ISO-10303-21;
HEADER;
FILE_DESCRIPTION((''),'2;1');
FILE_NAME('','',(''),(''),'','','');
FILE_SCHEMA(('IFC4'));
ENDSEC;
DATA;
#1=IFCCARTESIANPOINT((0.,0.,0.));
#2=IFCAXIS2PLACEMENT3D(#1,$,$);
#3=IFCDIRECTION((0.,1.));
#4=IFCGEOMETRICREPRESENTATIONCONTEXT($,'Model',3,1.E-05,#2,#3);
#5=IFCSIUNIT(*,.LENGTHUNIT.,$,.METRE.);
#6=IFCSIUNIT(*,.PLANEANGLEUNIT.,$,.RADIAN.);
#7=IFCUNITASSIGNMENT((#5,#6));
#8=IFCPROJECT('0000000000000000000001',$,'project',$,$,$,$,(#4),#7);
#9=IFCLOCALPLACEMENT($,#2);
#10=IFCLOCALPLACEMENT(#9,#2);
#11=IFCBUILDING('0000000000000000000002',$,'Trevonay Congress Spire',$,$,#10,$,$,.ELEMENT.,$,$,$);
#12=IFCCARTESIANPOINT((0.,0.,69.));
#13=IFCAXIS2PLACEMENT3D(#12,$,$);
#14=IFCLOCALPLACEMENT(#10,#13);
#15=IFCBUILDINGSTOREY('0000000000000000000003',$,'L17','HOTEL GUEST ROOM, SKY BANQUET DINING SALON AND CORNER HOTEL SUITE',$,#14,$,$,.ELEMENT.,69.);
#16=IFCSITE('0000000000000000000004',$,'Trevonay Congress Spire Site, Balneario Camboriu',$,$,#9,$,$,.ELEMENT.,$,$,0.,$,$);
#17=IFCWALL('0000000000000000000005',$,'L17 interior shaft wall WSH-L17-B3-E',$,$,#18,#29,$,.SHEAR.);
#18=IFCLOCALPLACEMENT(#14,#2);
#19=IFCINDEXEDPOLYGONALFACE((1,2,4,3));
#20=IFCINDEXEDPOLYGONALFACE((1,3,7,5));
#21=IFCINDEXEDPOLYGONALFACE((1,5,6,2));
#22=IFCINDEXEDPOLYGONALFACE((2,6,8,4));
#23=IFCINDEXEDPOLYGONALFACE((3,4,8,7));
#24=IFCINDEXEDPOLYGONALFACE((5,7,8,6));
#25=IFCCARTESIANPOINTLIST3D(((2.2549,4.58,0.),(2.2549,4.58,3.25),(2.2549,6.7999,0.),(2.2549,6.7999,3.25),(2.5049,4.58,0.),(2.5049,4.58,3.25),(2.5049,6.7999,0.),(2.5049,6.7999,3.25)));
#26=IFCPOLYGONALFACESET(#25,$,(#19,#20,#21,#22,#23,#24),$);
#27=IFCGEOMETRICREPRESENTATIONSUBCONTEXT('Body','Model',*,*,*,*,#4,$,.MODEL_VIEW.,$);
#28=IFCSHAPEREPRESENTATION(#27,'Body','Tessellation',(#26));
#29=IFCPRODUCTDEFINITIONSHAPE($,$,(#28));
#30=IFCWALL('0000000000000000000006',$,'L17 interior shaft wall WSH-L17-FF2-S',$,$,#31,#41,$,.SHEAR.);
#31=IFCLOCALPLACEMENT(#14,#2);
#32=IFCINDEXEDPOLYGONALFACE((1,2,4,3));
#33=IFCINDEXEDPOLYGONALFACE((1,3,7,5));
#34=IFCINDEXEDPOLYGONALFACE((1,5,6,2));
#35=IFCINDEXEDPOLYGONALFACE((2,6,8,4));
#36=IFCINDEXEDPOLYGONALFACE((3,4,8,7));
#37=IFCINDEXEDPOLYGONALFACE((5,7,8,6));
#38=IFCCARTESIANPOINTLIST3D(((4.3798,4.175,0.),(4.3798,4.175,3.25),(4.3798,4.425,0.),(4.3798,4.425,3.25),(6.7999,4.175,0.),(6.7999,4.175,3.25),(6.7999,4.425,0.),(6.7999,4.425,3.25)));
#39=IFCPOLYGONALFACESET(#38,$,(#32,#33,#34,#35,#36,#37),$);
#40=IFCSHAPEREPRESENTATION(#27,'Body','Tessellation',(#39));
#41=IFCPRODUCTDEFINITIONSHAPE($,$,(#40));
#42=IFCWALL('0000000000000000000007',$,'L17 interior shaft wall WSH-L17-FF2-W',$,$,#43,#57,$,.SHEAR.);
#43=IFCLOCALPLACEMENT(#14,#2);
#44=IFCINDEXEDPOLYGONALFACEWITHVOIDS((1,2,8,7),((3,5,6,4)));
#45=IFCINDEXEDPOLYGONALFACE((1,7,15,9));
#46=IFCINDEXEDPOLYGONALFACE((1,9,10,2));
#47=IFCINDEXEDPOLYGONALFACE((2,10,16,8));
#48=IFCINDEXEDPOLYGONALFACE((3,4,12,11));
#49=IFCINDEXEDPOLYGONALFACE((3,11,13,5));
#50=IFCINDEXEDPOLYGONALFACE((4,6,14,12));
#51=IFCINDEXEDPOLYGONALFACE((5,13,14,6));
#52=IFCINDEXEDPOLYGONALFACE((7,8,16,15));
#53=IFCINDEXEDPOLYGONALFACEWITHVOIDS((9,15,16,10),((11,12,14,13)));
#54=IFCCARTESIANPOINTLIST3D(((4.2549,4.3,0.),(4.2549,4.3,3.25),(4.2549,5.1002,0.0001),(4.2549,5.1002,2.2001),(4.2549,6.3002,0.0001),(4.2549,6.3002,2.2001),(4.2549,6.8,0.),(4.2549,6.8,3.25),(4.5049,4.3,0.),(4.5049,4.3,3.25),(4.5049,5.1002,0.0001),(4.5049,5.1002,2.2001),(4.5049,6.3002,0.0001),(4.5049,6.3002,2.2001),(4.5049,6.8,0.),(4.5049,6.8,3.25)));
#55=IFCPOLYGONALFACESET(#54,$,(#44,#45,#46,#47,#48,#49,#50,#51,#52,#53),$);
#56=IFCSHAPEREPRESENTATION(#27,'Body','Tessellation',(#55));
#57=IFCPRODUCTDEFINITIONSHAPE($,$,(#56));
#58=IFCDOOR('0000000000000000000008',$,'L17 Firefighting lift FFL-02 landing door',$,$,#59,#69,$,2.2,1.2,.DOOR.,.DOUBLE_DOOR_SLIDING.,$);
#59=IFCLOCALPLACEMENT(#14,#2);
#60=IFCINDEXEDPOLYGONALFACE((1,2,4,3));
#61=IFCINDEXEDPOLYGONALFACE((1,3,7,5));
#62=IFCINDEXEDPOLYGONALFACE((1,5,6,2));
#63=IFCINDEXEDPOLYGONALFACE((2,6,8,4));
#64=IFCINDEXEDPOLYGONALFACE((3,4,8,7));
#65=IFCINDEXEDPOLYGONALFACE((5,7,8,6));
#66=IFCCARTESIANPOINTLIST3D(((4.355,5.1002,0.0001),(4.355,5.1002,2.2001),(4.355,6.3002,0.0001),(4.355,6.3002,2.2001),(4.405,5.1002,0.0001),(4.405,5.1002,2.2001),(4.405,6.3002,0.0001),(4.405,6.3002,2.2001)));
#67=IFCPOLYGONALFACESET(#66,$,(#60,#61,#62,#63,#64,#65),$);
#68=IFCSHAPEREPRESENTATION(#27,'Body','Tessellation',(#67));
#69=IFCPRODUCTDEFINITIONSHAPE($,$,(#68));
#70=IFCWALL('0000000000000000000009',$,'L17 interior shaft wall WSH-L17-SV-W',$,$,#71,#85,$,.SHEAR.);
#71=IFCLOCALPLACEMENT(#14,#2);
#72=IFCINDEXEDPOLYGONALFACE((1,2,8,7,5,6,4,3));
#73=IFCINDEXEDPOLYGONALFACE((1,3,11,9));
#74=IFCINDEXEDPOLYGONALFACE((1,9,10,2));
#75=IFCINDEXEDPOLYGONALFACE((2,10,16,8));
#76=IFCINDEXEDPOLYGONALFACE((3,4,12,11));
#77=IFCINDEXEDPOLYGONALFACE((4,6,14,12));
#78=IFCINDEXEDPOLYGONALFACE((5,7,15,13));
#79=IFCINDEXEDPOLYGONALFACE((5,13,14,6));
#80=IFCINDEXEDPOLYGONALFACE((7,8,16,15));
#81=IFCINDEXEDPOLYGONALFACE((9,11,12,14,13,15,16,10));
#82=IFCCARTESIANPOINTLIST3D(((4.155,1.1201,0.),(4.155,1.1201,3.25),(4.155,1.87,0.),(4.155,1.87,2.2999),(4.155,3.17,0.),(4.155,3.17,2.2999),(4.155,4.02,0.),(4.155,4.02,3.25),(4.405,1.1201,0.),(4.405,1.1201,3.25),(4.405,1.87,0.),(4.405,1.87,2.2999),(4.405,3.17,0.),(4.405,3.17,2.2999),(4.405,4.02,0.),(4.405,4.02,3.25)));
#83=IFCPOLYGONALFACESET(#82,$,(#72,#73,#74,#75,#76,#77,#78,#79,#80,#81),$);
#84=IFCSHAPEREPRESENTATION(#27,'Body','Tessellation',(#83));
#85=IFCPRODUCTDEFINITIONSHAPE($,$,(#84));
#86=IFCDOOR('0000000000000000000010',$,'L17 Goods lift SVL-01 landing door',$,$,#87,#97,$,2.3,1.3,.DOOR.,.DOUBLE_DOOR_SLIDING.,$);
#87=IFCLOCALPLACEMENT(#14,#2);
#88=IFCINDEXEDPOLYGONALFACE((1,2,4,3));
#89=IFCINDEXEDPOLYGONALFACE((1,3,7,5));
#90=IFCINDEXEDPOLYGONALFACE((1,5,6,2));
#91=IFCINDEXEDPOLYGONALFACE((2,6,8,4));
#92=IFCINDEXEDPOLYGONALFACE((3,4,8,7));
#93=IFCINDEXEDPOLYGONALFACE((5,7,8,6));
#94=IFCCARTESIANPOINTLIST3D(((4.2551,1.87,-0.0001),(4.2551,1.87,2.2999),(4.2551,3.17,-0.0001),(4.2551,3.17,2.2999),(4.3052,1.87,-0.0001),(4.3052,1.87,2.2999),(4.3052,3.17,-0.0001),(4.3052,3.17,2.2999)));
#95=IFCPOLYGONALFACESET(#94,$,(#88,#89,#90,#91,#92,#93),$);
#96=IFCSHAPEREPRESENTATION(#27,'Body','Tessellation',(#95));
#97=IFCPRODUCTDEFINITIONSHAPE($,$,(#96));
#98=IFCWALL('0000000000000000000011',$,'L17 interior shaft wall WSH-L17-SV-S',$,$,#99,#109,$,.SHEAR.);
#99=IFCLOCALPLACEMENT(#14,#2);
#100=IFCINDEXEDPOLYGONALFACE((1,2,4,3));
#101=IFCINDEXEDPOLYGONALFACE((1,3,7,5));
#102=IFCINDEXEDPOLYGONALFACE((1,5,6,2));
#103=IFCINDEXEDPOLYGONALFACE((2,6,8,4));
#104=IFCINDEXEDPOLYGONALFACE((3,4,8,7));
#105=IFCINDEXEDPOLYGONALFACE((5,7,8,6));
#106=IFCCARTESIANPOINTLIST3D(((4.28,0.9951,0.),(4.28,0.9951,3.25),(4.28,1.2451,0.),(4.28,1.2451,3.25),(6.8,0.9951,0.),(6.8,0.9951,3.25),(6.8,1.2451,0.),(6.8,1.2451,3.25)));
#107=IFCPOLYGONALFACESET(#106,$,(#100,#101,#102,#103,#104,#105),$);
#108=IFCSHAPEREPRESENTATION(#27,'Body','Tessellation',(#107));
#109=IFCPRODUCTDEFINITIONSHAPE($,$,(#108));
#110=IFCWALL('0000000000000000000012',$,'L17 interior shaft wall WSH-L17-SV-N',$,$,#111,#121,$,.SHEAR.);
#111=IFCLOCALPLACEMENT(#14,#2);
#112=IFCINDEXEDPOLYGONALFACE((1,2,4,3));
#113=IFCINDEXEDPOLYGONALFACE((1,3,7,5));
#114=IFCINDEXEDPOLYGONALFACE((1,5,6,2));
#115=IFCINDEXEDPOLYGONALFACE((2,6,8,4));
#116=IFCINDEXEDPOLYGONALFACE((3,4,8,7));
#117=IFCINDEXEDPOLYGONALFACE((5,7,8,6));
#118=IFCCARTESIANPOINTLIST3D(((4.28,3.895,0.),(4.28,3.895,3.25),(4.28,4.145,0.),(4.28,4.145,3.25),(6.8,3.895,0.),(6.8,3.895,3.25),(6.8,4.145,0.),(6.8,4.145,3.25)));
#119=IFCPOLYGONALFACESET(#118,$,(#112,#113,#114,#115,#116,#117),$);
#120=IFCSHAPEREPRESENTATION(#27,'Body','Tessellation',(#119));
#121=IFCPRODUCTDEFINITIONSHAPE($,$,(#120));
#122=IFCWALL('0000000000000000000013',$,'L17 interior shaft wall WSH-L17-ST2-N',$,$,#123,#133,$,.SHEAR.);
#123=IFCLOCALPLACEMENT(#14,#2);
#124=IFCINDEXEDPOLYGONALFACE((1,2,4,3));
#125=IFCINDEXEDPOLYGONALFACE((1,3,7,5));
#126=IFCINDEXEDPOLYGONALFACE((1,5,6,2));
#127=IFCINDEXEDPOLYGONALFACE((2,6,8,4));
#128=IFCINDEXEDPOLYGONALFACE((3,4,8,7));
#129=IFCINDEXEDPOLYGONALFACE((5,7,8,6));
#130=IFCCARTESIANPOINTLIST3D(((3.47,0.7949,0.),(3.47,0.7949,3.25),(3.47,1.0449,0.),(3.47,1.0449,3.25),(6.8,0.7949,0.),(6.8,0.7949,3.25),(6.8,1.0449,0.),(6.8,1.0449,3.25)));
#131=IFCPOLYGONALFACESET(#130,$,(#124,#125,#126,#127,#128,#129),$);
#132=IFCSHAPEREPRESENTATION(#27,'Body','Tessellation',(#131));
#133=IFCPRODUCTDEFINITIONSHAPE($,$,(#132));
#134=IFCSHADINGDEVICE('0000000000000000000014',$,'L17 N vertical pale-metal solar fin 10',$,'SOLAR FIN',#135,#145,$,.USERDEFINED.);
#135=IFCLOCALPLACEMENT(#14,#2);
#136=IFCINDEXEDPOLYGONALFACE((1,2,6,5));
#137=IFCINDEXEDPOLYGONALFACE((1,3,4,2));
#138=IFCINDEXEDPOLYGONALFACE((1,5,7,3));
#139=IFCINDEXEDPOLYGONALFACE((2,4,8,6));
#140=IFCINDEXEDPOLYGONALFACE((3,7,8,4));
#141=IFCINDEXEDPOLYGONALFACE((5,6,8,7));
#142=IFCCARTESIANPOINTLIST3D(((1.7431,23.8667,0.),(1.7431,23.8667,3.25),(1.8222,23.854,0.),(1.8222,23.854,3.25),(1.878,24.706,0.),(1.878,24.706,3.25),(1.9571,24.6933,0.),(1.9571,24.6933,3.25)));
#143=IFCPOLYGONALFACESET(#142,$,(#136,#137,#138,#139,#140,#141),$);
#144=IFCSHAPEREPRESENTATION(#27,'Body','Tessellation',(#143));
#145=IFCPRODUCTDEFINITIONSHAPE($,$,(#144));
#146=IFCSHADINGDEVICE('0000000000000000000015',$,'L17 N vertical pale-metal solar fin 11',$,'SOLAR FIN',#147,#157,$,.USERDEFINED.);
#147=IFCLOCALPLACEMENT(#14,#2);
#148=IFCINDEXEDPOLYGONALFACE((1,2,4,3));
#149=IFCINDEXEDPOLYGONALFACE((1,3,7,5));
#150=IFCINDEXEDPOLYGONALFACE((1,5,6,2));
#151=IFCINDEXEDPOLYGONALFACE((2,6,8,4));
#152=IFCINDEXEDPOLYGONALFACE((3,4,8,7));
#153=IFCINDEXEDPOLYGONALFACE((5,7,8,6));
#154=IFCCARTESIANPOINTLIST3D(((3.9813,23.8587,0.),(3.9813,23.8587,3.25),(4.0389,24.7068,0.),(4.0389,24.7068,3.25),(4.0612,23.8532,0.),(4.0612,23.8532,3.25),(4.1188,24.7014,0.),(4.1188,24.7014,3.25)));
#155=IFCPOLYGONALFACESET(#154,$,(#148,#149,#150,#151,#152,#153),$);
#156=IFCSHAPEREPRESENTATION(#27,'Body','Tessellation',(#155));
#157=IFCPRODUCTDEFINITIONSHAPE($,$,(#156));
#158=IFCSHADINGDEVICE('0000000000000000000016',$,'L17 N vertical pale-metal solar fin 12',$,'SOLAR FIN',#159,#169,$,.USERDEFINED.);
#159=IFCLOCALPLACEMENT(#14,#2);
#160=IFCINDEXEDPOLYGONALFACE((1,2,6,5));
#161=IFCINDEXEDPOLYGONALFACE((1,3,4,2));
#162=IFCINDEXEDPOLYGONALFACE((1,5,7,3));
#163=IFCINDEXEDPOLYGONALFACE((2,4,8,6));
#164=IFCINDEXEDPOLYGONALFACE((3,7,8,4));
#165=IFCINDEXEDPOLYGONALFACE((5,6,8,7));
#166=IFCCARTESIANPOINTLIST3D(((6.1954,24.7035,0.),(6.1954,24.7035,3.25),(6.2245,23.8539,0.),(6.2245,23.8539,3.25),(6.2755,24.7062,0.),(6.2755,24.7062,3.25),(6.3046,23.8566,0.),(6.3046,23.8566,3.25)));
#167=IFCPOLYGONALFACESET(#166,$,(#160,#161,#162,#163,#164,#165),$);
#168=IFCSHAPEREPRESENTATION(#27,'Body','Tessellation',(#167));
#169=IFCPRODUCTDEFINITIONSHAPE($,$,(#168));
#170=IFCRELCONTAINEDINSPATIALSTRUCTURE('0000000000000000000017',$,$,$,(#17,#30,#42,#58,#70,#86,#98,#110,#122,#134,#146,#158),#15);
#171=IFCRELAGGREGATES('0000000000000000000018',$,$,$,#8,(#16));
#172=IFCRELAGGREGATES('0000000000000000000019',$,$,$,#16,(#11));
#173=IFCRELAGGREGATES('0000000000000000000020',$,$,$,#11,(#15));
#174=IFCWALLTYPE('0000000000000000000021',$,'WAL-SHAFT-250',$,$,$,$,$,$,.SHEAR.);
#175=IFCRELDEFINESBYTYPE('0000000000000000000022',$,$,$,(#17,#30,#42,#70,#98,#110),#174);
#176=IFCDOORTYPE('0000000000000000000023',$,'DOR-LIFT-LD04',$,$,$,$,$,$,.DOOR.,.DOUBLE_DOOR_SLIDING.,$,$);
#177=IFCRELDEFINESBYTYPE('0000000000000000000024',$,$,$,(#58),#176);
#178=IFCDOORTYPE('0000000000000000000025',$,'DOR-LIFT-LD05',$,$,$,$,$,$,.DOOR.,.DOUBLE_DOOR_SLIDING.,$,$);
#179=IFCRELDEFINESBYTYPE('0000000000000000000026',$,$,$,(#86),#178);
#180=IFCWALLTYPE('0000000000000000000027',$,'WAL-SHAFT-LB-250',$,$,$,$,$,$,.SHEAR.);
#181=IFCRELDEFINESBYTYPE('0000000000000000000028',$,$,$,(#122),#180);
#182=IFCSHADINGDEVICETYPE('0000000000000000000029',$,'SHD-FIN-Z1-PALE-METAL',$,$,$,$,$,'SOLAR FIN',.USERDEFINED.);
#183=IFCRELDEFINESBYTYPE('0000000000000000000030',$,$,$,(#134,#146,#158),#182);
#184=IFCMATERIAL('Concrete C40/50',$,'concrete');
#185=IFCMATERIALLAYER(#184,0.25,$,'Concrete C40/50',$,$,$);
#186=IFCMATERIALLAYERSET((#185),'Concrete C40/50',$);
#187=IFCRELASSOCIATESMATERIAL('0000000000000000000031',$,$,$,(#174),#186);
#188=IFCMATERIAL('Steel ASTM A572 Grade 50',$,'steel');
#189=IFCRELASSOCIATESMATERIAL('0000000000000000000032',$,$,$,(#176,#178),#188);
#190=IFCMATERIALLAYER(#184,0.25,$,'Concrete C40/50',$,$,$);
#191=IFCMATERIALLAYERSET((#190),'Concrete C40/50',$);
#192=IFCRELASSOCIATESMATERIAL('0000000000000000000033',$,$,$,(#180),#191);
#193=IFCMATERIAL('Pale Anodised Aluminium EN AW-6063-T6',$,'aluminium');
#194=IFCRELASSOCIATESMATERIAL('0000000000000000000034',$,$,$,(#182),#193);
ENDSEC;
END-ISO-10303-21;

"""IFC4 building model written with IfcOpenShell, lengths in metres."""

from ifc_helpers import new_model, si_unit, direction, frame, frame_2d, origin, origin_2d, place, context, subcontext, project, spatial, rectangle, extrude, material, layer, layer_set, type_object, element, fill, save


model = new_model("IFC4")

# Units and contexts
model_context = context("Model", 3, precision=1e-05, world=origin(), true_north=direction((0.0, 1.0)))
body_context = subcontext(model_context, "Body", "Model", "MODEL_VIEW")
ifc_project = project(units=[si_unit("LENGTHUNIT", "METRE"), si_unit("PLANEANGLEUNIT", "RADIAN")], contexts=[model_context])

# Site, building, storey
site_placement = place(None, origin())
site = spatial("IfcSite", under=ifc_project, at=site_placement, Name="Trevonay Congress Spire Site, Balneario Camboriu", CompositionType="ELEMENT", RefElevation=0.0)
building_placement = place(site_placement, origin())
building = spatial("IfcBuilding", under=site, at=building_placement, Name="Trevonay Congress Spire", CompositionType="ELEMENT")
storey_placement = place(building_placement, frame((0.0, 0.0, 69.0)))
storey = spatial("IfcBuildingStorey", under=building, at=storey_placement, Name="L17", Description="HOTEL GUEST ROOM, SKY BANQUET DINING SALON AND CORNER HOTEL SUITE", CompositionType="ELEMENT", Elevation=69.0)

# Shared definitions
ifc_material_1 = material(Name="Steel ASTM A572 Grade 50", Category="steel")

# Shared definitions
ifc_material_2 = material(Name="Pale Anodised Aluminium EN AW-6063-T6", Category="aluminium")

# Shared definitions
ifc_material_3 = material(Name="Concrete C40/50", Category="concrete")

# Walls
ifc_layer_1 = layer(ifc_material_3, 0.25, Name="Concrete C40/50")
ifc_layer_set_1 = layer_set([ifc_layer_1], Name="Concrete C40/50")
wall_type_1 = type_object("IfcWallType", Name="WAL-SHAFT-250", PredefinedType="SHEAR", material=ifc_layer_set_1)
wall_1_placement = place(storey_placement, frame((2.3799, 4.5801, 0.0), z_axis=(0.0, 0.0, 1.0), x_axis=(0.0, 1.0, 0.0)))
element("IfcWall", 1, at=wall_1_placement, inside=storey, type_object=wall_type_1, Name="L17 interior shaft wall WSH-L17-B3-E", PredefinedType="SHEAR", context=body_context, shape_type="SweptSolid", body=[
    extrude(rectangle(XDim=2.22, YDim=0.25, at=frame_2d((1.1099, 0.0))), origin(), (0.0, 0.0, 1.0), 3.25),
])
wall_2_placement = place(storey_placement, frame((4.3799, 4.3, 0.0), z_axis=(0.0, 0.0, 1.0), x_axis=(1.0, 0.0, 0.0)))
element("IfcWall", 2, at=wall_2_placement, inside=storey, type_object=wall_type_1, Name="L17 interior shaft wall WSH-L17-FF2-S", PredefinedType="SHEAR", context=body_context, shape_type="SweptSolid", body=[
    extrude(rectangle(XDim=2.4202, YDim=0.25, at=frame_2d((1.21, 0.0))), origin(), (0.0, 0.0, 1.0), 3.25),
])

# Walls, openings, doors
wall_3_placement = place(storey_placement, frame((4.3799, 4.3, 0.0), z_axis=(0.0, 0.0, 1.0), x_axis=(0.0, 1.0, 0.0)))
wall_3 = element("IfcWall", 3, at=wall_3_placement, inside=storey, type_object=wall_type_1, Name="L17 interior shaft wall WSH-L17-FF2-W", PredefinedType="SHEAR", context=body_context, shape_type="SweptSolid", body=[
    extrude(rectangle(XDim=2.5, YDim=0.25, at=frame_2d((1.25, 0.0))), origin(), (0.0, 0.0, 1.0), 3.25),
])
opening_1_placement = place(wall_3_placement, frame((0.8, 0.0, 0.0)))
opening_1 = element("IfcOpeningElement", 4, at=opening_1_placement, cuts=wall_3, PredefinedType="OPENING", context=body_context, shape_type="SweptSolid", body=[
    extrude(rectangle(XDim=1.2, YDim=2.2, at=frame_2d((0.6001, 1.1001))), frame((0.0, 0.135, 0.0), z_axis=(0.0, -1.0, 0.0), x_axis=(1.0, 0.0, 0.0)), (0.0, 0.0, 1.0), 0.27),
])
door_type_1 = type_object("IfcDoorType", Name="DOR-LIFT-LD04", OperationType="DOUBLE_DOOR_SLIDING", PredefinedType="DOOR", material=ifc_material_1)
door_1_placement = place(opening_1_placement, origin())
door_1 = element("IfcDoor", 5, at=door_1_placement, inside=storey, type_object=door_type_1, Name="L17 Firefighting lift FFL-02 landing door", OperationType="DOUBLE_DOOR_SLIDING", OverallHeight=2.2, OverallWidth=1.2, PredefinedType="DOOR", context=body_context, shape_type="SweptSolid", body=[
    extrude(rectangle(XDim=1.2, YDim=2.2, at=frame_2d((0.6001, 1.1001))), frame((0.0, 0.0249, 0.0), z_axis=(0.0, -1.0, 0.0), x_axis=(1.0, 0.0, 0.0)), (0.0, 0.0, 1.0), 0.05),
])
fill(opening_1, door_1)
wall_4_placement = place(storey_placement, frame((4.28, 1.1201, 0.0), z_axis=(0.0, 0.0, 1.0), x_axis=(0.0, 1.0, 0.0)))
wall_4 = element("IfcWall", 6, at=wall_4_placement, inside=storey, type_object=wall_type_1, Name="L17 interior shaft wall WSH-L17-SV-W", PredefinedType="SHEAR", context=body_context, shape_type="SweptSolid", body=[
    extrude(rectangle(XDim=2.8999, YDim=0.25, at=frame_2d((1.45, 0.0))), origin(), (0.0, 0.0, 1.0), 3.25),
])
opening_2_placement = place(wall_4_placement, frame((0.75, 0.0, 0.0)))
opening_2 = element("IfcOpeningElement", 7, at=opening_2_placement, cuts=wall_4, PredefinedType="OPENING", context=body_context, shape_type="SweptSolid", body=[
    extrude(rectangle(XDim=1.3, YDim=2.3, at=frame_2d((0.6499, 1.1499))), frame((0.0, 0.135, 0.0), z_axis=(0.0, -1.0, 0.0), x_axis=(1.0, 0.0, 0.0)), (0.0, 0.0, 1.0), 0.27),
])
door_type_2 = type_object("IfcDoorType", Name="DOR-LIFT-LD05", OperationType="DOUBLE_DOOR_SLIDING", PredefinedType="DOOR", material=ifc_material_1)
door_2_placement = place(opening_2_placement, origin())
door_2 = element("IfcDoor", 8, at=door_2_placement, inside=storey, type_object=door_type_2, Name="L17 Goods lift SVL-01 landing door", OperationType="DOUBLE_DOOR_SLIDING", OverallHeight=2.3, OverallWidth=1.3, PredefinedType="DOOR", context=body_context, shape_type="SweptSolid", body=[
    extrude(rectangle(XDim=1.3, YDim=2.3, at=frame_2d((0.6499, 1.1499))), frame((0.0, 0.0249, 0.0), z_axis=(0.0, -1.0, 0.0), x_axis=(1.0, 0.0, 0.0)), (0.0, 0.0, 1.0), 0.05),
])
fill(opening_2, door_2)

# Walls
for number, where, z_axis, x_axis, name in (
    (9, (4.28, 1.1201, 0.0), (0.0, 0.0, 1.0), (1.0, 0.0, 0.0), "L17 interior shaft wall WSH-L17-SV-S"),
    (10, (4.28, 4.02, 0.0), (0.0, 0.0, 1.0), (1.0, 0.0, 0.0), "L17 interior shaft wall WSH-L17-SV-N"),
):
    element("IfcWall", number, at=place(storey_placement, frame(where, z_axis=z_axis, x_axis=x_axis)), inside=storey, type_object=wall_type_1, Name=name, PredefinedType="SHEAR", context=body_context, shape_type="SweptSolid", body=[
        extrude(rectangle(XDim=2.52, YDim=0.25, at=frame_2d((1.26, 0.0))), origin(), (0.0, 0.0, 1.0), 3.25),
    ])
ifc_layer_2 = layer(ifc_material_3, 0.25, Name="Concrete C40/50")
ifc_layer_set_2 = layer_set([ifc_layer_2], Name="Concrete C40/50")
wall_type_2 = type_object("IfcWallType", Name="WAL-SHAFT-LB-250", PredefinedType="SHEAR", material=ifc_layer_set_2)
wall_5_placement = place(storey_placement, frame((3.47, 0.9199, 0.0), z_axis=(0.0, 0.0, 1.0), x_axis=(1.0, 0.0, 0.0)))
element("IfcWall", 11, at=wall_5_placement, inside=storey, type_object=wall_type_2, Name="L17 interior shaft wall WSH-L17-ST2-N", PredefinedType="SHEAR", context=body_context, shape_type="SweptSolid", body=[
    extrude(rectangle(XDim=3.3301, YDim=0.25, at=frame_2d((1.665, 0.0))), origin(), (0.0, 0.0, 1.0), 3.25),
])

# Shading devices
shading_device_type = type_object("IfcShadingDeviceType", Name="SHD-FIN-Z1-PALE-METAL", ElementType="SOLAR FIN", PredefinedType="USERDEFINED", material=ifc_material_2)
for number, where, z_axis, x_axis, name in (
    (12, (1.8501, 24.28, 0.0), (0.0, 0.0, 1.0), (0.987331, -0.158675, 0.0), "L17 N vertical pale-metal solar fin 10"),
    (13, (4.05, 24.28, 0.0), (0.0, 0.0, 1.0), (0.997708, -0.067667, 0.0), "L17 N vertical pale-metal solar fin 11"),
    (14, (6.25, 24.28, 0.0), (0.0, 0.0, 1.0), (0.999415, 0.034202, 0.0), "L17 N vertical pale-metal solar fin 12"),
):
    element("IfcShadingDevice", number, at=place(storey_placement, frame(where, z_axis=z_axis, x_axis=x_axis)), inside=storey, type_object=shading_device_type, Name=name, ObjectType="SOLAR FIN", PredefinedType="USERDEFINED", context=body_context, shape_type="SweptSolid", body=[
        extrude(rectangle(XDim=0.0801, YDim=0.8501, at=origin_2d()), origin(), (0.0, 0.0, 1.0), 3.25),
    ])

save(model, "model.ifc")
